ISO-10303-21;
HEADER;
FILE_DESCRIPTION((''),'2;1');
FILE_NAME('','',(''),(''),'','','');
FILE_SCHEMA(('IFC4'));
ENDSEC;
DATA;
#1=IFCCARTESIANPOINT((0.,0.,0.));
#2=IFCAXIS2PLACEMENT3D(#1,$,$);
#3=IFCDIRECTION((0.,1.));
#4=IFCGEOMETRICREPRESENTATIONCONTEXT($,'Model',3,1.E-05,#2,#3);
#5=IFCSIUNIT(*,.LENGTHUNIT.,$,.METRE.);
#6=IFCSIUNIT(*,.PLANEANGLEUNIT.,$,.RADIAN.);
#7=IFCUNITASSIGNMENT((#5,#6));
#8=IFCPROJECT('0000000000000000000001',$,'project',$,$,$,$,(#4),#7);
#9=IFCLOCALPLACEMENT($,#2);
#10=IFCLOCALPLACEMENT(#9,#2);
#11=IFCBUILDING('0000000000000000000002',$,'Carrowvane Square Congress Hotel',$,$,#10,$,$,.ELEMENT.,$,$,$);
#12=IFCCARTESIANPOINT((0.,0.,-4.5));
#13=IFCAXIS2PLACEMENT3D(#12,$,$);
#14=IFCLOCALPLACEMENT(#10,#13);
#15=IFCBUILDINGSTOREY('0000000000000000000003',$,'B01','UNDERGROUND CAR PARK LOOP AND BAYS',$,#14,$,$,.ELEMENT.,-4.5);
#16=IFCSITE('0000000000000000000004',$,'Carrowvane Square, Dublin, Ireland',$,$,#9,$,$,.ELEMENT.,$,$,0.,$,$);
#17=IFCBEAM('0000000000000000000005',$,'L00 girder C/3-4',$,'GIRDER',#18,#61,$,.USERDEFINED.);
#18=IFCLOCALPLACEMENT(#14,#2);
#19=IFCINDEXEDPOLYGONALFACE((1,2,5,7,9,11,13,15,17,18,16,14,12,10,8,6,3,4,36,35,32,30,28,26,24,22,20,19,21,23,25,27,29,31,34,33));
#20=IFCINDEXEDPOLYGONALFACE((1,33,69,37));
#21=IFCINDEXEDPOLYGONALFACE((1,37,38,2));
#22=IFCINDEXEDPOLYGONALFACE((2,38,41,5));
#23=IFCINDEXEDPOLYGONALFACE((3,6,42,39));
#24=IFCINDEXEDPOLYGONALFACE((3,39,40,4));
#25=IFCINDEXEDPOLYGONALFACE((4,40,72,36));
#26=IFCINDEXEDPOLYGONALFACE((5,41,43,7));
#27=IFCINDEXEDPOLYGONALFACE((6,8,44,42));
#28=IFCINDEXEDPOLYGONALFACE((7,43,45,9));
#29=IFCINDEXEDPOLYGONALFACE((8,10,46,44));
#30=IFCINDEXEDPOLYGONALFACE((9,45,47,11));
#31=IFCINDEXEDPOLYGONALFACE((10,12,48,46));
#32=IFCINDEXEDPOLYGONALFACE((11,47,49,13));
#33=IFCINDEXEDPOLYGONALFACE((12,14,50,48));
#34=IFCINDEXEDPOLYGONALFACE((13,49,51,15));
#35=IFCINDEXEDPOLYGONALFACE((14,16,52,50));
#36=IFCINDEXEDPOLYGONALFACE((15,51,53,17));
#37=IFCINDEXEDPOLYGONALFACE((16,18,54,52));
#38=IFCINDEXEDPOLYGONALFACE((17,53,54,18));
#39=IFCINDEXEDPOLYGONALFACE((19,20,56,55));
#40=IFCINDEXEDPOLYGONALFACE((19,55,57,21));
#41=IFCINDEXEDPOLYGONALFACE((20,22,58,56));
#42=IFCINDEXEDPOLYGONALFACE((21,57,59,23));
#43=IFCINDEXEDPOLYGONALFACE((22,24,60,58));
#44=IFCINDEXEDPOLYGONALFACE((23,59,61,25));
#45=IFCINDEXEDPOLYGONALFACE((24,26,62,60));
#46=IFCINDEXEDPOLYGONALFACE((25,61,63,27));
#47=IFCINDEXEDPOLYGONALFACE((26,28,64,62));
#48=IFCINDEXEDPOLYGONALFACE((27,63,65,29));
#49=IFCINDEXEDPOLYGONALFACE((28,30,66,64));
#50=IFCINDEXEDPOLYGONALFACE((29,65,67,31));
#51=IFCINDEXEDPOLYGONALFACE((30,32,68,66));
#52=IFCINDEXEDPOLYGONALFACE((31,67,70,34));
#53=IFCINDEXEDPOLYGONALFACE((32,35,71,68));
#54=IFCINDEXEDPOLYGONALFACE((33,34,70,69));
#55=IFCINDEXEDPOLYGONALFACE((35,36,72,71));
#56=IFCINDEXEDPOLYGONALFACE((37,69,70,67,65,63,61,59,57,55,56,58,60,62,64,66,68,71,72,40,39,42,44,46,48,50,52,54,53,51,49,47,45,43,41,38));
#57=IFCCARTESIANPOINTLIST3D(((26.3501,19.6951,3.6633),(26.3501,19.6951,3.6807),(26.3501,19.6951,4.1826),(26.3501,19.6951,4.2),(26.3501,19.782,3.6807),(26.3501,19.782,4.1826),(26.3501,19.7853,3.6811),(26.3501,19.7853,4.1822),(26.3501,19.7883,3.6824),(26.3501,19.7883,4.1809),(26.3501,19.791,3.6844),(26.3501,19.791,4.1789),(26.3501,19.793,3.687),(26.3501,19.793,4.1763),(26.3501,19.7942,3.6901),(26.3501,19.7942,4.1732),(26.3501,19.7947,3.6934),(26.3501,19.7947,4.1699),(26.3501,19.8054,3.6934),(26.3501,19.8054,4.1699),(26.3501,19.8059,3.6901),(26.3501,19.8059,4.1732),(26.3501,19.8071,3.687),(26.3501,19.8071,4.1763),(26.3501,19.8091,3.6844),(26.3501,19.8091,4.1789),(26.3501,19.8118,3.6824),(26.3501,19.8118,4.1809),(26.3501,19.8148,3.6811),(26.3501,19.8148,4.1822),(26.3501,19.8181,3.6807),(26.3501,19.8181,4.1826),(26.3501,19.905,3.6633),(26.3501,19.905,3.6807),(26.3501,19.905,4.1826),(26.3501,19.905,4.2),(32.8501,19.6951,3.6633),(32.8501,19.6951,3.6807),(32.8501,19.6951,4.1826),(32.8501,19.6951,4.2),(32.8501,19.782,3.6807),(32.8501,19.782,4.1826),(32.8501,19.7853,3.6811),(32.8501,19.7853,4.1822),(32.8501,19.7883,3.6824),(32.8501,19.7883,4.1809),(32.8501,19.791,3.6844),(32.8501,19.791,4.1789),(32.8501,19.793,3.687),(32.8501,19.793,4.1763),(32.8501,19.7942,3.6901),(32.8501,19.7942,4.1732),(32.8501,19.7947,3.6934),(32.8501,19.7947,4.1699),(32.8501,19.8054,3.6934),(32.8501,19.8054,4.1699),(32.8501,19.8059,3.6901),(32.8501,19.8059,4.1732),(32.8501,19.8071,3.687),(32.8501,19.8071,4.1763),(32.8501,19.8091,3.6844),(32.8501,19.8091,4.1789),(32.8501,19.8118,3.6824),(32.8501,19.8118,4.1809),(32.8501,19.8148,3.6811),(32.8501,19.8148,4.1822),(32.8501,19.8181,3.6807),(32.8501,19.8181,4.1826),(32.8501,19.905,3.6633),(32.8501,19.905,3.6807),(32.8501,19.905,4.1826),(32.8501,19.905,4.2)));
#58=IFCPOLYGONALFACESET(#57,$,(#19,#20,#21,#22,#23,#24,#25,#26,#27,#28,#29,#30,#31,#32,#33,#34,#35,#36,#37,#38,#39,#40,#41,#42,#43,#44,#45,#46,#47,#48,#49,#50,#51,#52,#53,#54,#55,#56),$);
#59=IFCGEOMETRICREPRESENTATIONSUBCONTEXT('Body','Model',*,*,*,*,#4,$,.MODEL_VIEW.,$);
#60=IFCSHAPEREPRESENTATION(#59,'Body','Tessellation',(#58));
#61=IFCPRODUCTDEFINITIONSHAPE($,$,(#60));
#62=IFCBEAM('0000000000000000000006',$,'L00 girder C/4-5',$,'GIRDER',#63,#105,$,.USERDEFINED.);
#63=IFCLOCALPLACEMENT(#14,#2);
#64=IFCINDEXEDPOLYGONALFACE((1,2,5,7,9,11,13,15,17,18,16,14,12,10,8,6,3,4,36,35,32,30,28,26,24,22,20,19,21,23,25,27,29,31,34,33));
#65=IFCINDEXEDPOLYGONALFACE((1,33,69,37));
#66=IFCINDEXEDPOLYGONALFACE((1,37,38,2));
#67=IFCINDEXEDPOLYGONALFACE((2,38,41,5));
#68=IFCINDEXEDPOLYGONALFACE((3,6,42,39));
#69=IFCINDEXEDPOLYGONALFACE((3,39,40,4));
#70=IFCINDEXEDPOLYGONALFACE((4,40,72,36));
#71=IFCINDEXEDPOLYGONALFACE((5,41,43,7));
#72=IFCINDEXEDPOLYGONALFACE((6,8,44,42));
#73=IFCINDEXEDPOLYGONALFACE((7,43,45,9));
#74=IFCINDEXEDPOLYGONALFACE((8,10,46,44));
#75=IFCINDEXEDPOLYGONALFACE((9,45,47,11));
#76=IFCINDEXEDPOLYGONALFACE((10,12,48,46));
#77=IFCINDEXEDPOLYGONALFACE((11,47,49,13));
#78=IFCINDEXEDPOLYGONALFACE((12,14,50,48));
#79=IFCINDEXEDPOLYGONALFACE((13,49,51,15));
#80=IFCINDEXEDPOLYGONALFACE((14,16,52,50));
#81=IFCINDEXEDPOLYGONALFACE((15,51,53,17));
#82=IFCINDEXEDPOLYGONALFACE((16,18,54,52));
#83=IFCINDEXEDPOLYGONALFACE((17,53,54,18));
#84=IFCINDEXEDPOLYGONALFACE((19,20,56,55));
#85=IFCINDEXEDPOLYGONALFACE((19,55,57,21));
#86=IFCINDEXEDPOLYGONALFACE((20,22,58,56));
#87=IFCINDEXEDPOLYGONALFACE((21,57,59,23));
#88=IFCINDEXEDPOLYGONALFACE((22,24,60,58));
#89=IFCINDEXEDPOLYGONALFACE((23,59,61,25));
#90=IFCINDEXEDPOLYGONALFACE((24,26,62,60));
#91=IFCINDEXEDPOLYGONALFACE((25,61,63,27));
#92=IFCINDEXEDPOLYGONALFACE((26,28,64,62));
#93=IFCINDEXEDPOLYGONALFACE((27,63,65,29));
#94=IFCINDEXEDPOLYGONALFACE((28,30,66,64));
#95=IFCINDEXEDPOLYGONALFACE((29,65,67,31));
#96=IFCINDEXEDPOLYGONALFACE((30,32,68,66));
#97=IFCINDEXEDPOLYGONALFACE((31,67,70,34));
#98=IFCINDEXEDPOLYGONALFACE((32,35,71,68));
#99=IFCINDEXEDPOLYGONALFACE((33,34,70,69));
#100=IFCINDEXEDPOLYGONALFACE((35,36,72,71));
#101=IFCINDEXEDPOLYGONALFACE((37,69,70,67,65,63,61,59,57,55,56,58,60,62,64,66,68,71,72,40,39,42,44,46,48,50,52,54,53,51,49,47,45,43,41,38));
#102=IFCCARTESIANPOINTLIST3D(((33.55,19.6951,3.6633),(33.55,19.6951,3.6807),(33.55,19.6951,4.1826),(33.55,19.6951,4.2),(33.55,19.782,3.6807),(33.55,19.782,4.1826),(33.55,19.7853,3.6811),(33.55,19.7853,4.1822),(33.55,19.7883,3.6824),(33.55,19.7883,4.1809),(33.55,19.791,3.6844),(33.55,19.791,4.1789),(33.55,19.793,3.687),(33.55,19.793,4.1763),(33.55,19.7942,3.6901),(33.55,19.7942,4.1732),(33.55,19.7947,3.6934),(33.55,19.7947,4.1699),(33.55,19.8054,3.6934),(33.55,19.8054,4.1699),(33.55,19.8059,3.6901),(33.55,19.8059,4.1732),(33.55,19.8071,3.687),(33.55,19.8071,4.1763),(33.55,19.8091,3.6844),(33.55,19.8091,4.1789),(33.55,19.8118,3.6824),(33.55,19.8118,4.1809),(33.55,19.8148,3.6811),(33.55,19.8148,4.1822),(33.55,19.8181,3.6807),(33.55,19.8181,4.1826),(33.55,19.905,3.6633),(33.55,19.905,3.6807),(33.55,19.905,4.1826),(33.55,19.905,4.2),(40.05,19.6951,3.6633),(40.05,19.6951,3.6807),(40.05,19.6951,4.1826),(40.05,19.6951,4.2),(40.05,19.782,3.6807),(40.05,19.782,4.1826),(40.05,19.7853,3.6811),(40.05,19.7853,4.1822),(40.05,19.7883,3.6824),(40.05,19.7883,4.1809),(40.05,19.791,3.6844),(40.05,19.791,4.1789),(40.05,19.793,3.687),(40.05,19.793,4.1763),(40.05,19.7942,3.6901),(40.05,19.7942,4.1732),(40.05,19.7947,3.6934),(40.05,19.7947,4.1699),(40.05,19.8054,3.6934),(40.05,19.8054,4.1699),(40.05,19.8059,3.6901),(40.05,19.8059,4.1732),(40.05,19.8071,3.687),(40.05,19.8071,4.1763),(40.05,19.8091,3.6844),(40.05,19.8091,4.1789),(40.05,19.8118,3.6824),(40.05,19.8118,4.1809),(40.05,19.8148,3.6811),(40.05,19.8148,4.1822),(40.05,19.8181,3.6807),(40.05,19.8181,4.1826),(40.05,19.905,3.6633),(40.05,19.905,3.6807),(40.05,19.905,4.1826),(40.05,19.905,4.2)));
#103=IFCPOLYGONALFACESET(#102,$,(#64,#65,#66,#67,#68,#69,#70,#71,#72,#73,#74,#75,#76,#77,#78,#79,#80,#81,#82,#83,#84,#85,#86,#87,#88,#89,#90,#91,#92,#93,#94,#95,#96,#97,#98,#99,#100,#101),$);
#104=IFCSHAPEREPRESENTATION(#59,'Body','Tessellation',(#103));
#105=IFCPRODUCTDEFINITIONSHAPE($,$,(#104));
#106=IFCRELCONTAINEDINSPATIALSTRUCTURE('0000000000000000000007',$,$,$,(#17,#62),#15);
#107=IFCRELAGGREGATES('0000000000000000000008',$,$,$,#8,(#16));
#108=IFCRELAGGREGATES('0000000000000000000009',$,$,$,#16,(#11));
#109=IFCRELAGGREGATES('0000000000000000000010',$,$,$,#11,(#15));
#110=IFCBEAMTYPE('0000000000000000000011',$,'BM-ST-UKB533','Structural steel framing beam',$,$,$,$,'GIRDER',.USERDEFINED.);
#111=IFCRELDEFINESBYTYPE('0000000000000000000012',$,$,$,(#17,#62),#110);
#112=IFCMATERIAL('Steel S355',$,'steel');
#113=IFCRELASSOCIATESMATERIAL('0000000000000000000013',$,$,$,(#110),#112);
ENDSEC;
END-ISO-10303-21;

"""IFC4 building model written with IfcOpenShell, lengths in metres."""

from ifc_helpers import new_model, si_unit, direction, frame, origin, origin_2d, place, context, subcontext, project, spatial, i_section, extrude, material, material_profile, profile_set, type_object, element, save


model = new_model("IFC4")

# Units and contexts
model_context = context("Model", 3, precision=1e-05, world=origin(), true_north=direction((0.0, 1.0)))
body_context = subcontext(model_context, "Body", "Model", "MODEL_VIEW")
ifc_project = project(units=[si_unit("LENGTHUNIT", "METRE"), si_unit("PLANEANGLEUNIT", "RADIAN")], contexts=[model_context])

# Site, building, storey
site_placement = place(None, origin())
site = spatial("IfcSite", under=ifc_project, at=site_placement, Name="Carrowvane Square, Dublin, Ireland", CompositionType="ELEMENT", RefElevation=0.0)
building_placement = place(site_placement, origin())
building = spatial("IfcBuilding", under=site, at=building_placement, Name="Carrowvane Square Congress Hotel", CompositionType="ELEMENT")
storey_placement = place(building_placement, frame((0.0, 0.0, -4.5)))
storey = spatial("IfcBuildingStorey", under=building, at=storey_placement, Name="B01", Description="UNDERGROUND CAR PARK LOOP AND BAYS", CompositionType="ELEMENT", Elevation=-4.5)

# Beams
ifc_material_1 = material(Name="Steel S355", Category="steel")
ifc_material_profile_1 = material_profile(ifc_material_1, i_section(OverallWidth=0.21, OverallDepth=0.5366, WebThickness=0.0107, FlangeThickness=0.0173, FilletRadius=0.0127, at=origin_2d()), Name="UKB 533x210x101")
ifc_profile_set_1 = profile_set([ifc_material_profile_1], Name="Steel S355")
beam_type_1 = type_object("IfcBeamType", Name="BM-ST-UKB533", Description="Structural steel framing beam", ElementType="GIRDER", PredefinedType="USERDEFINED", material=ifc_profile_set_1)
for number, where, z_axis, x_axis, name in (
    (1, (26.3501, 19.8, 3.9316), (1.0, 0.0, 0.0), (0.0, 1.0, 0.0), "L00 girder C/3-4"),
    (2, (33.55, 19.8, 3.9316), (1.0, 0.0, 0.0), (0.0, 1.0, 0.0), "L00 girder C/4-5"),
):
    element("IfcBeam", number, at=place(storey_placement, frame(where, z_axis=z_axis, x_axis=x_axis)), inside=storey, type_object=beam_type_1, Name=name, ObjectType="GIRDER", PredefinedType="USERDEFINED", context=body_context, shape_type="SweptSolid", body=[
        extrude(i_section(OverallWidth=0.21, OverallDepth=0.5366, WebThickness=0.0107, FlangeThickness=0.0173, FilletRadius=0.0127, at=origin_2d()), origin(), (0.0, 0.0, 1.0), 6.5),
    ])

save(model, "model.ifc")
